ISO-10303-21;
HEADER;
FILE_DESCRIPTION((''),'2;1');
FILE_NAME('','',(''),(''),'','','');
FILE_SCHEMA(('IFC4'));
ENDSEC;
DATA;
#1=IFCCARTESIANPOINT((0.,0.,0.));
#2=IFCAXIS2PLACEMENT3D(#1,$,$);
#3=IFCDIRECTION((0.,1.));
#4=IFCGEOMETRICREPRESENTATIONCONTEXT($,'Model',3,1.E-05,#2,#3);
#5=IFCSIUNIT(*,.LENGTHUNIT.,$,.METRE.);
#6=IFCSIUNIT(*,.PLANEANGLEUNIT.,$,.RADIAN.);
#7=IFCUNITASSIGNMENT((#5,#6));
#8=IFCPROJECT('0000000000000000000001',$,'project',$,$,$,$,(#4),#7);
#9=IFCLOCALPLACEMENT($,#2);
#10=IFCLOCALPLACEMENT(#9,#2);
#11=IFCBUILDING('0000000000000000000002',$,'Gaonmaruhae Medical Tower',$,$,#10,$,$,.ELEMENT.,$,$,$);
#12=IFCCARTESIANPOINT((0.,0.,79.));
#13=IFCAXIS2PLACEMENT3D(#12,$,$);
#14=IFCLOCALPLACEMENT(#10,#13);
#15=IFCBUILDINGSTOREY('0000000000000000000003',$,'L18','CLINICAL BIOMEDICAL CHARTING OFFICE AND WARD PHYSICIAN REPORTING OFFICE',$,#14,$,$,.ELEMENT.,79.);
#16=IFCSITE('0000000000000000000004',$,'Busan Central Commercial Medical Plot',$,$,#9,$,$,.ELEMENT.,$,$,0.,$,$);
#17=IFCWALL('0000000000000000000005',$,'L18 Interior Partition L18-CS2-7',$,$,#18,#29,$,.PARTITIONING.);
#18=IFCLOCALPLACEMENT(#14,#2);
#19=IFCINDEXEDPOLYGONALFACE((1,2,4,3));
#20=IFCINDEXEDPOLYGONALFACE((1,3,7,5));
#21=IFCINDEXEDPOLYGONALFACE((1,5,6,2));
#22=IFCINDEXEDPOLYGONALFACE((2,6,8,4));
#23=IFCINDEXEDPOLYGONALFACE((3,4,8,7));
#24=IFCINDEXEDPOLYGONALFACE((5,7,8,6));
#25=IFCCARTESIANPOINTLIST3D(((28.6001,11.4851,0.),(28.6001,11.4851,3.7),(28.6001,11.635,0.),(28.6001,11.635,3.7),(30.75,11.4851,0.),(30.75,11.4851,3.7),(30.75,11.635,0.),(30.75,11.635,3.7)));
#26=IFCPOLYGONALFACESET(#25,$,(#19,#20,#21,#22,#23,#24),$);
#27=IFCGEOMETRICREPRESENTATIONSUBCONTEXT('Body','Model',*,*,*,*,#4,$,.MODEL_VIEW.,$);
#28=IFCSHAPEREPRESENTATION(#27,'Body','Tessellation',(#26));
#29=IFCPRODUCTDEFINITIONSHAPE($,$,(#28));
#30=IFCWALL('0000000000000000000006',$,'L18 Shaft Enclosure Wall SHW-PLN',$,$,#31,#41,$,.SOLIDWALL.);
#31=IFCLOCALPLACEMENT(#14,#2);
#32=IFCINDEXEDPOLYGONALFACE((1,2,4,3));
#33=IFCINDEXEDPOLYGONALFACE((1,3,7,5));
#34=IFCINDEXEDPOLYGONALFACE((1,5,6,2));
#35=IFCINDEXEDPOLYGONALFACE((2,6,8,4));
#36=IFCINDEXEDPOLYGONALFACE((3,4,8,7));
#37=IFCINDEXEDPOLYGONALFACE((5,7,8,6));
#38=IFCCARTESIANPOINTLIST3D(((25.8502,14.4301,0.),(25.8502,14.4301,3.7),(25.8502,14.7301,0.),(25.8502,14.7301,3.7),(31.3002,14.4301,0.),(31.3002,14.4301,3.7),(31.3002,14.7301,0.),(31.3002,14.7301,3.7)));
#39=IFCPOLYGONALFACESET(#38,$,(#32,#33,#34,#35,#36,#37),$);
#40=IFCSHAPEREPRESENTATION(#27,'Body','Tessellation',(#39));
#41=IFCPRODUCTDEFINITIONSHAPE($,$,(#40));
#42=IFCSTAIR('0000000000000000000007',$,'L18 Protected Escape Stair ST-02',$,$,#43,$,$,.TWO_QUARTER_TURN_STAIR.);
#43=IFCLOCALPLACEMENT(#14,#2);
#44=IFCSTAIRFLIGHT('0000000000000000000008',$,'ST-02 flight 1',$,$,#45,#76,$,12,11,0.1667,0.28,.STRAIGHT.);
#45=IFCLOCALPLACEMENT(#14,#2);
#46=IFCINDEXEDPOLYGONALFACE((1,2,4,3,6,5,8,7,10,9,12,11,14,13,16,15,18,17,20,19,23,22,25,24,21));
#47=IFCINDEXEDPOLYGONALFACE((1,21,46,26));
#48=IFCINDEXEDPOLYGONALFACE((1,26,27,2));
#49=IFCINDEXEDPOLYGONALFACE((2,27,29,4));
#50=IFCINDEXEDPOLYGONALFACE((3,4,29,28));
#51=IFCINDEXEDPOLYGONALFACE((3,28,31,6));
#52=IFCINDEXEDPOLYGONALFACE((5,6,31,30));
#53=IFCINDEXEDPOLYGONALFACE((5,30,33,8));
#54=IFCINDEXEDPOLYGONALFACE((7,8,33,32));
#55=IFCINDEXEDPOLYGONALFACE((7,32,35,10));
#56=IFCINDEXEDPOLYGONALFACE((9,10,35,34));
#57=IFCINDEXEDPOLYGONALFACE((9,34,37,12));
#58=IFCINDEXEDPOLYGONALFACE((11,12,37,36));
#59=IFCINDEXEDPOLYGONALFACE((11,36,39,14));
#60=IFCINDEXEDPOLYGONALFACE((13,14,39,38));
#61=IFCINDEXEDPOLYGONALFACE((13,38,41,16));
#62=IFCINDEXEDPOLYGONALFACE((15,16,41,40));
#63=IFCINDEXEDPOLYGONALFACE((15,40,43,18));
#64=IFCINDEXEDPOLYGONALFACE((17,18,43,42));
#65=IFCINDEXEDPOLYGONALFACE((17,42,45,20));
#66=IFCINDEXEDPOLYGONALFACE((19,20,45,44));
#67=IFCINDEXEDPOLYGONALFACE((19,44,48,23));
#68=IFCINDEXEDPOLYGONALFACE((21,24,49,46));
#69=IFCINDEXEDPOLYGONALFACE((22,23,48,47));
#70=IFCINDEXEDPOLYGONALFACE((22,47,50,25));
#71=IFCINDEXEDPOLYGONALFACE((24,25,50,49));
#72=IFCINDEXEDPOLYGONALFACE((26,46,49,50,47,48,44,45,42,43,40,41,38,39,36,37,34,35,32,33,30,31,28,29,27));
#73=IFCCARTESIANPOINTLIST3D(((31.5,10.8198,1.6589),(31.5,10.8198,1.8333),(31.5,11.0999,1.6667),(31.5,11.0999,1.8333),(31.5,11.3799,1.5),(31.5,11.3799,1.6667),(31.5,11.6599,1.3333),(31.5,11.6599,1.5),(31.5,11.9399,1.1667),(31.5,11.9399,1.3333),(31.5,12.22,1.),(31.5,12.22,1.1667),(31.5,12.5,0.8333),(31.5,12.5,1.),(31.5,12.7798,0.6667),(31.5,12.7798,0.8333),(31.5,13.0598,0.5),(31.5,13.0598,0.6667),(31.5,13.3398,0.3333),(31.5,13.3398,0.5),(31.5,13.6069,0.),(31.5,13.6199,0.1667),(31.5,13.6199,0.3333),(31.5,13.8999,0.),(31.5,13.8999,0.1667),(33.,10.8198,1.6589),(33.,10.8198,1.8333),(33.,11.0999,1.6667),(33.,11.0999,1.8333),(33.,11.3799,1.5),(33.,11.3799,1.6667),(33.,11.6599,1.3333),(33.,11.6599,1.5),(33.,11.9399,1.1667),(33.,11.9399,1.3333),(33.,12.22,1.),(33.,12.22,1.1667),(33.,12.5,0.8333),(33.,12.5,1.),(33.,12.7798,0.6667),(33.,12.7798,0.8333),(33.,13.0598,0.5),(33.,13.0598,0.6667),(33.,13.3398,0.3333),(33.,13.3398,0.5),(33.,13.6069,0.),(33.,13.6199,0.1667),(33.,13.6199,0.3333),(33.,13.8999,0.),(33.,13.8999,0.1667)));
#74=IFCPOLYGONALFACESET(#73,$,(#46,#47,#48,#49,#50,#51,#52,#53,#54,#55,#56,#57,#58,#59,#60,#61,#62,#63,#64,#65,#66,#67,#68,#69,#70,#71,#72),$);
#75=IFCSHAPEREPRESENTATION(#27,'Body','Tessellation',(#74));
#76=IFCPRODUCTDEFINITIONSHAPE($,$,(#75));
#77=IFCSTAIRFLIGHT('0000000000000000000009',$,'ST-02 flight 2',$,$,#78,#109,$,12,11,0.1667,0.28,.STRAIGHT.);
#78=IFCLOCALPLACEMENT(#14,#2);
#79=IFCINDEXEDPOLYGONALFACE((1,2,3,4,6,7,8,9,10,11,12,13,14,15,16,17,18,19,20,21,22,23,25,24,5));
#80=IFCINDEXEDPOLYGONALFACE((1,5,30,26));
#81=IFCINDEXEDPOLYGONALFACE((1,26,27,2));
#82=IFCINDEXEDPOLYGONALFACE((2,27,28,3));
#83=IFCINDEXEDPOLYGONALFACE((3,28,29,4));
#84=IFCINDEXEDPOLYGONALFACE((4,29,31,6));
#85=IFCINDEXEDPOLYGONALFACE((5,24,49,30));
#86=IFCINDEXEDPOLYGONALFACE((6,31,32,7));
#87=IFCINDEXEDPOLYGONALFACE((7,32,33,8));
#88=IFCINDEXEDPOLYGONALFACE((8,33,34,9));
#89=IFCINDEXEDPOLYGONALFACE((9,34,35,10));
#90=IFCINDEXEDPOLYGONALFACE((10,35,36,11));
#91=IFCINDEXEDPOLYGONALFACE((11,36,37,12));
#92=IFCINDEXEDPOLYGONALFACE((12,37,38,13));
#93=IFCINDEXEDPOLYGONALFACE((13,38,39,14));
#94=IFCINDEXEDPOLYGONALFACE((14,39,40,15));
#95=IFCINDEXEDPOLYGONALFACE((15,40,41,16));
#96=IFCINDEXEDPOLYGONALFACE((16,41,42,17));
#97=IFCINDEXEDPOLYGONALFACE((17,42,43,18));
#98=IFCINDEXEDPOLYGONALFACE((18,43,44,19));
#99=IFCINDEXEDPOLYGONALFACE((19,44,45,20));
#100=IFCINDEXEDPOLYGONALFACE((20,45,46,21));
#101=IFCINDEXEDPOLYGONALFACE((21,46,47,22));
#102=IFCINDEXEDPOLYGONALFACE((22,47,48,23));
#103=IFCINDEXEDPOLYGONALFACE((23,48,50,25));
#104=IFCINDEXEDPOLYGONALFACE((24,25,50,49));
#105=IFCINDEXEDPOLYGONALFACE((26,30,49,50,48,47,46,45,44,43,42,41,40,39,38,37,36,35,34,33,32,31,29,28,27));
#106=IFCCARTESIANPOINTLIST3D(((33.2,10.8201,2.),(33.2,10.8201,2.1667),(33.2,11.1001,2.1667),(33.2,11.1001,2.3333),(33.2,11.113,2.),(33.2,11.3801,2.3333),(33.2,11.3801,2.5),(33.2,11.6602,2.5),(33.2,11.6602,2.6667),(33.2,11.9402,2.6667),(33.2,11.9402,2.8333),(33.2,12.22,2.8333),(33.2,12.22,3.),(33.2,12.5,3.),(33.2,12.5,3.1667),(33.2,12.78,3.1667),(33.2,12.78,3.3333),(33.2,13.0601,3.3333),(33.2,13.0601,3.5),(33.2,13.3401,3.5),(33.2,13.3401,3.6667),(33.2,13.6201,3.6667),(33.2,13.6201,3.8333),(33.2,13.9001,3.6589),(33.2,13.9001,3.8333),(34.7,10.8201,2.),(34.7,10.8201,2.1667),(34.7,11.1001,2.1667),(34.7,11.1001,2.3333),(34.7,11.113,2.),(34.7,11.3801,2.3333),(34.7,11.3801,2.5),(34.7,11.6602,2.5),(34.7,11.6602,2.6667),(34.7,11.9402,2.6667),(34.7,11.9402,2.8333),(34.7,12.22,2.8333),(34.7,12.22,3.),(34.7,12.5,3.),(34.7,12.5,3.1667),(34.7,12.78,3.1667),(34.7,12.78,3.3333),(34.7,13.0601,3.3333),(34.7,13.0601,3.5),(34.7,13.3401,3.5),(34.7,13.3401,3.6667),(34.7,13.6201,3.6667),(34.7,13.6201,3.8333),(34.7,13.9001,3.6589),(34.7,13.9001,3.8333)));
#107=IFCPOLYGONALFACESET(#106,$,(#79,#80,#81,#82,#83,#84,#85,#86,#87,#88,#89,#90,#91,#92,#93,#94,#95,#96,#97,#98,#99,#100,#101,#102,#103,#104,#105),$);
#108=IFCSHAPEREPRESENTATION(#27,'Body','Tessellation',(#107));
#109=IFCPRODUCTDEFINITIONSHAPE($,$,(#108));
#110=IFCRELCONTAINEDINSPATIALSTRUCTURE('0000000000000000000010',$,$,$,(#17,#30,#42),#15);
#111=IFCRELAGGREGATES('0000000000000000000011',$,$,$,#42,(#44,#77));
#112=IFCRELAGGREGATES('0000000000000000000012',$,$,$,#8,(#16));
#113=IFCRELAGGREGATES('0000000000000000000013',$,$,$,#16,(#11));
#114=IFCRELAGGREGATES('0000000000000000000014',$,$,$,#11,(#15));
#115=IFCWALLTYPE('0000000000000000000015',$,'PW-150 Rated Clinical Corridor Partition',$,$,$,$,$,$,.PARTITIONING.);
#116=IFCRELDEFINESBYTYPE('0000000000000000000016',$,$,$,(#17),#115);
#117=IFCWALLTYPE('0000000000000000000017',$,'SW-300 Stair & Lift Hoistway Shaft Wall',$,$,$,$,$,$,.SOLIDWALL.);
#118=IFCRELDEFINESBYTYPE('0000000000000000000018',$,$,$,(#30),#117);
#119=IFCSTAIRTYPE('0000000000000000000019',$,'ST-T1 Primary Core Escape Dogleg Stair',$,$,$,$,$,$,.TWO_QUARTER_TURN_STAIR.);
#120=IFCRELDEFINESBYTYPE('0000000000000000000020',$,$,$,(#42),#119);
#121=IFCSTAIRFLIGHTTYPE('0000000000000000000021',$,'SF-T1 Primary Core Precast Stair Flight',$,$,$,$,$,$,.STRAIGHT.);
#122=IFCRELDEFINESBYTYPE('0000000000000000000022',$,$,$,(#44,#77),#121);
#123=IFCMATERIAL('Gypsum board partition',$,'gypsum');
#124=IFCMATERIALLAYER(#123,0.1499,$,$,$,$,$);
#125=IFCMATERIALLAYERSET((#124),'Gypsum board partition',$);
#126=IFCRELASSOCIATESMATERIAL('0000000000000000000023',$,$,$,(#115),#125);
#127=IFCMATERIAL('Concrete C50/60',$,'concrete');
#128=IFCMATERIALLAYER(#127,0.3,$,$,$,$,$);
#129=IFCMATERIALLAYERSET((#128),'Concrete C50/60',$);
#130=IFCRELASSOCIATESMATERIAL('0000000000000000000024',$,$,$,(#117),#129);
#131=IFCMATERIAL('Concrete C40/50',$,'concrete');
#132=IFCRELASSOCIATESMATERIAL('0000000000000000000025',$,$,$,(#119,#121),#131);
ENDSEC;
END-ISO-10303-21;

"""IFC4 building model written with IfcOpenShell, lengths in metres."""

from ifc_helpers import new_model, si_unit, direction, frame, frame_2d, origin, place, context, subcontext, project, spatial, polyline, rectangle, outline, extrude, material, layer, layer_set, type_object, element, aggregate, save


model = new_model("IFC4")

# Units and contexts
model_context = context("Model", 3, precision=1e-05, world=origin(), true_north=direction((0.0, 1.0)))
body_context = subcontext(model_context, "Body", "Model", "MODEL_VIEW")
ifc_project = project(units=[si_unit("LENGTHUNIT", "METRE"), si_unit("PLANEANGLEUNIT", "RADIAN")], contexts=[model_context])

# Site, building, storey
site_placement = place(None, origin())
site = spatial("IfcSite", under=ifc_project, at=site_placement, Name="Busan Central Commercial Medical Plot", CompositionType="ELEMENT", RefElevation=0.0)
building_placement = place(site_placement, origin())
building = spatial("IfcBuilding", under=site, at=building_placement, Name="Gaonmaruhae Medical Tower", CompositionType="ELEMENT")
storey_placement = place(building_placement, frame((0.0, 0.0, 79.0)))
storey = spatial("IfcBuildingStorey", under=building, at=storey_placement, Name="L18", Description="CLINICAL BIOMEDICAL CHARTING OFFICE AND WARD PHYSICIAN REPORTING OFFICE", CompositionType="ELEMENT", Elevation=79.0)

# Shared definitions
ifc_material_1 = material(Name="Gypsum board partition", Category="gypsum")
ifc_layer_1 = layer(ifc_material_1, 0.1499)
ifc_layer_set_1 = layer_set([ifc_layer_1], Name="Gypsum board partition")
wall_type_1 = type_object("IfcWallType", Name="PW-150 Rated Clinical Corridor Partition", PredefinedType="PARTITIONING", material=ifc_layer_set_1)

# Wall
wall_1_placement = place(storey_placement, frame((30.75, 11.5601, 0.0), z_axis=(0.0, 0.0, 1.0), x_axis=(-1.0, 0.0, 0.0)))
element("IfcWall", 1, at=wall_1_placement, inside=storey, type_object=wall_type_1, Name="L18 Interior Partition L18-CS2-7", PredefinedType="PARTITIONING", context=body_context, shape_type="SweptSolid", body=[
    extrude(rectangle(XDim=2.1499, YDim=0.1499, at=frame_2d((1.075, 0.0))), origin(), (0.0, 0.0, 1.0), 3.7),
])

# Shared definitions
ifc_material_2 = material(Name="Concrete C50/60", Category="concrete")
ifc_layer_2 = layer(ifc_material_2, 0.3)
ifc_layer_set_2 = layer_set([ifc_layer_2], Name="Concrete C50/60")
wall_type_2 = type_object("IfcWallType", Name="SW-300 Stair & Lift Hoistway Shaft Wall", PredefinedType="SOLIDWALL", material=ifc_layer_set_2)

# Wall
wall_2_placement = place(storey_placement, frame((25.8501, 14.5801, 0.0), z_axis=(0.0, 0.0, 1.0), x_axis=(1.0, 0.0, 0.0)))
element("IfcWall", 2, at=wall_2_placement, inside=storey, type_object=wall_type_2, Name="L18 Shaft Enclosure Wall SHW-PLN", PredefinedType="SOLIDWALL", context=body_context, shape_type="SweptSolid", body=[
    extrude(rectangle(XDim=5.45, YDim=0.3, at=frame_2d((2.7251, 0.0))), origin(), (0.0, 0.0, 1.0), 3.7),
])

# Stair, stair flights
ifc_material_3 = material(Name="Concrete C40/50", Category="concrete")
stair_type = type_object("IfcStairType", Name="ST-T1 Primary Core Escape Dogleg Stair", PredefinedType="TWO_QUARTER_TURN_STAIR", material=ifc_material_3)
stair_placement = place(storey_placement, origin())
stair = element("IfcStair", 3, at=stair_placement, inside=storey, type_object=stair_type, Name="L18 Protected Escape Stair ST-02", PredefinedType="TWO_QUARTER_TURN_STAIR")
stair_flight_type = type_object("IfcStairFlightType", Name="SF-T1 Primary Core Precast Stair Flight", PredefinedType="STRAIGHT", material=ifc_material_3)
stair_flight_1_placement = place(storey_placement, frame((32.25, 13.8999, 0.0), z_axis=(0.0, 0.0, 1.0), x_axis=(0.0, -1.0, 0.0)))
stair_flight_1 = element("IfcStairFlight", 4, at=stair_flight_1_placement, type_object=stair_flight_type, Name="ST-02 flight 1", NumberOfRisers=12, NumberOfTreads=11, PredefinedType="STRAIGHT", RiserHeight=0.1667, TreadLength=0.28, context=body_context, shape_type="SweptSolid", body=[
    extrude(outline(polyline([(0.0, 0.0), (0.0, 0.1667), (0.28, 0.1667), (0.28, 0.3333), (0.5601, 0.3333), (0.5601, 0.5), (0.8401, 0.5), (0.8401, 0.6667), (1.1201, 0.6667), (1.1201, 0.8333), (1.3999, 0.8333), (1.3999, 1.0), (1.6799, 1.0), (1.6799, 1.1667), (1.96, 1.1667), (1.96, 1.3333), (2.24, 1.3333), (2.24, 1.5), (2.52, 1.5), (2.52, 1.6667), (2.8, 1.6667), (2.8, 1.8333), (3.0801, 1.8333), (3.0801, 2.0), (3.0801, 1.6589), (0.293, 0.0), (0.0, 0.0)])), frame((0.0, 0.75, 0.0), z_axis=(0.0, -1.0, 0.0), x_axis=(1.0, 0.0, 0.0)), (0.0, 0.0, 1.0), 1.5),
])
stair_flight_2_placement = place(storey_placement, frame((33.95, 10.8201, 2.0), z_axis=(0.0, 0.0, 1.0), x_axis=(0.0, 1.0, 0.0)))
stair_flight_2 = element("IfcStairFlight", 5, at=stair_flight_2_placement, type_object=stair_flight_type, Name="ST-02 flight 2", NumberOfRisers=12, NumberOfTreads=11, PredefinedType="STRAIGHT", RiserHeight=0.1667, TreadLength=0.28, context=body_context, shape_type="SweptSolid", body=[
    extrude(outline(polyline([(0.0, 0.0), (0.0, 0.1667), (0.28, 0.1667), (0.28, 0.3333), (0.5601, 0.3333), (0.5601, 0.5), (0.8401, 0.5), (0.8401, 0.6667), (1.1201, 0.6667), (1.1201, 0.8333), (1.3999, 0.8333), (1.3999, 1.0), (1.6799, 1.0), (1.6799, 1.1667), (1.96, 1.1667), (1.96, 1.3333), (2.24, 1.3333), (2.24, 1.5), (2.52, 1.5), (2.52, 1.6667), (2.8, 1.6667), (2.8, 1.8333), (3.0801, 1.8333), (3.0801, 2.0), (3.0801, 1.6589), (0.293, 0.0), (0.0, 0.0)])), frame((0.0, 0.75, 0.0), z_axis=(0.0, -1.0, 0.0), x_axis=(1.0, 0.0, 0.0)), (0.0, 0.0, 1.0), 1.5),
])
aggregate(stair, [stair_flight_1, stair_flight_2])

save(model, "model.ifc")
